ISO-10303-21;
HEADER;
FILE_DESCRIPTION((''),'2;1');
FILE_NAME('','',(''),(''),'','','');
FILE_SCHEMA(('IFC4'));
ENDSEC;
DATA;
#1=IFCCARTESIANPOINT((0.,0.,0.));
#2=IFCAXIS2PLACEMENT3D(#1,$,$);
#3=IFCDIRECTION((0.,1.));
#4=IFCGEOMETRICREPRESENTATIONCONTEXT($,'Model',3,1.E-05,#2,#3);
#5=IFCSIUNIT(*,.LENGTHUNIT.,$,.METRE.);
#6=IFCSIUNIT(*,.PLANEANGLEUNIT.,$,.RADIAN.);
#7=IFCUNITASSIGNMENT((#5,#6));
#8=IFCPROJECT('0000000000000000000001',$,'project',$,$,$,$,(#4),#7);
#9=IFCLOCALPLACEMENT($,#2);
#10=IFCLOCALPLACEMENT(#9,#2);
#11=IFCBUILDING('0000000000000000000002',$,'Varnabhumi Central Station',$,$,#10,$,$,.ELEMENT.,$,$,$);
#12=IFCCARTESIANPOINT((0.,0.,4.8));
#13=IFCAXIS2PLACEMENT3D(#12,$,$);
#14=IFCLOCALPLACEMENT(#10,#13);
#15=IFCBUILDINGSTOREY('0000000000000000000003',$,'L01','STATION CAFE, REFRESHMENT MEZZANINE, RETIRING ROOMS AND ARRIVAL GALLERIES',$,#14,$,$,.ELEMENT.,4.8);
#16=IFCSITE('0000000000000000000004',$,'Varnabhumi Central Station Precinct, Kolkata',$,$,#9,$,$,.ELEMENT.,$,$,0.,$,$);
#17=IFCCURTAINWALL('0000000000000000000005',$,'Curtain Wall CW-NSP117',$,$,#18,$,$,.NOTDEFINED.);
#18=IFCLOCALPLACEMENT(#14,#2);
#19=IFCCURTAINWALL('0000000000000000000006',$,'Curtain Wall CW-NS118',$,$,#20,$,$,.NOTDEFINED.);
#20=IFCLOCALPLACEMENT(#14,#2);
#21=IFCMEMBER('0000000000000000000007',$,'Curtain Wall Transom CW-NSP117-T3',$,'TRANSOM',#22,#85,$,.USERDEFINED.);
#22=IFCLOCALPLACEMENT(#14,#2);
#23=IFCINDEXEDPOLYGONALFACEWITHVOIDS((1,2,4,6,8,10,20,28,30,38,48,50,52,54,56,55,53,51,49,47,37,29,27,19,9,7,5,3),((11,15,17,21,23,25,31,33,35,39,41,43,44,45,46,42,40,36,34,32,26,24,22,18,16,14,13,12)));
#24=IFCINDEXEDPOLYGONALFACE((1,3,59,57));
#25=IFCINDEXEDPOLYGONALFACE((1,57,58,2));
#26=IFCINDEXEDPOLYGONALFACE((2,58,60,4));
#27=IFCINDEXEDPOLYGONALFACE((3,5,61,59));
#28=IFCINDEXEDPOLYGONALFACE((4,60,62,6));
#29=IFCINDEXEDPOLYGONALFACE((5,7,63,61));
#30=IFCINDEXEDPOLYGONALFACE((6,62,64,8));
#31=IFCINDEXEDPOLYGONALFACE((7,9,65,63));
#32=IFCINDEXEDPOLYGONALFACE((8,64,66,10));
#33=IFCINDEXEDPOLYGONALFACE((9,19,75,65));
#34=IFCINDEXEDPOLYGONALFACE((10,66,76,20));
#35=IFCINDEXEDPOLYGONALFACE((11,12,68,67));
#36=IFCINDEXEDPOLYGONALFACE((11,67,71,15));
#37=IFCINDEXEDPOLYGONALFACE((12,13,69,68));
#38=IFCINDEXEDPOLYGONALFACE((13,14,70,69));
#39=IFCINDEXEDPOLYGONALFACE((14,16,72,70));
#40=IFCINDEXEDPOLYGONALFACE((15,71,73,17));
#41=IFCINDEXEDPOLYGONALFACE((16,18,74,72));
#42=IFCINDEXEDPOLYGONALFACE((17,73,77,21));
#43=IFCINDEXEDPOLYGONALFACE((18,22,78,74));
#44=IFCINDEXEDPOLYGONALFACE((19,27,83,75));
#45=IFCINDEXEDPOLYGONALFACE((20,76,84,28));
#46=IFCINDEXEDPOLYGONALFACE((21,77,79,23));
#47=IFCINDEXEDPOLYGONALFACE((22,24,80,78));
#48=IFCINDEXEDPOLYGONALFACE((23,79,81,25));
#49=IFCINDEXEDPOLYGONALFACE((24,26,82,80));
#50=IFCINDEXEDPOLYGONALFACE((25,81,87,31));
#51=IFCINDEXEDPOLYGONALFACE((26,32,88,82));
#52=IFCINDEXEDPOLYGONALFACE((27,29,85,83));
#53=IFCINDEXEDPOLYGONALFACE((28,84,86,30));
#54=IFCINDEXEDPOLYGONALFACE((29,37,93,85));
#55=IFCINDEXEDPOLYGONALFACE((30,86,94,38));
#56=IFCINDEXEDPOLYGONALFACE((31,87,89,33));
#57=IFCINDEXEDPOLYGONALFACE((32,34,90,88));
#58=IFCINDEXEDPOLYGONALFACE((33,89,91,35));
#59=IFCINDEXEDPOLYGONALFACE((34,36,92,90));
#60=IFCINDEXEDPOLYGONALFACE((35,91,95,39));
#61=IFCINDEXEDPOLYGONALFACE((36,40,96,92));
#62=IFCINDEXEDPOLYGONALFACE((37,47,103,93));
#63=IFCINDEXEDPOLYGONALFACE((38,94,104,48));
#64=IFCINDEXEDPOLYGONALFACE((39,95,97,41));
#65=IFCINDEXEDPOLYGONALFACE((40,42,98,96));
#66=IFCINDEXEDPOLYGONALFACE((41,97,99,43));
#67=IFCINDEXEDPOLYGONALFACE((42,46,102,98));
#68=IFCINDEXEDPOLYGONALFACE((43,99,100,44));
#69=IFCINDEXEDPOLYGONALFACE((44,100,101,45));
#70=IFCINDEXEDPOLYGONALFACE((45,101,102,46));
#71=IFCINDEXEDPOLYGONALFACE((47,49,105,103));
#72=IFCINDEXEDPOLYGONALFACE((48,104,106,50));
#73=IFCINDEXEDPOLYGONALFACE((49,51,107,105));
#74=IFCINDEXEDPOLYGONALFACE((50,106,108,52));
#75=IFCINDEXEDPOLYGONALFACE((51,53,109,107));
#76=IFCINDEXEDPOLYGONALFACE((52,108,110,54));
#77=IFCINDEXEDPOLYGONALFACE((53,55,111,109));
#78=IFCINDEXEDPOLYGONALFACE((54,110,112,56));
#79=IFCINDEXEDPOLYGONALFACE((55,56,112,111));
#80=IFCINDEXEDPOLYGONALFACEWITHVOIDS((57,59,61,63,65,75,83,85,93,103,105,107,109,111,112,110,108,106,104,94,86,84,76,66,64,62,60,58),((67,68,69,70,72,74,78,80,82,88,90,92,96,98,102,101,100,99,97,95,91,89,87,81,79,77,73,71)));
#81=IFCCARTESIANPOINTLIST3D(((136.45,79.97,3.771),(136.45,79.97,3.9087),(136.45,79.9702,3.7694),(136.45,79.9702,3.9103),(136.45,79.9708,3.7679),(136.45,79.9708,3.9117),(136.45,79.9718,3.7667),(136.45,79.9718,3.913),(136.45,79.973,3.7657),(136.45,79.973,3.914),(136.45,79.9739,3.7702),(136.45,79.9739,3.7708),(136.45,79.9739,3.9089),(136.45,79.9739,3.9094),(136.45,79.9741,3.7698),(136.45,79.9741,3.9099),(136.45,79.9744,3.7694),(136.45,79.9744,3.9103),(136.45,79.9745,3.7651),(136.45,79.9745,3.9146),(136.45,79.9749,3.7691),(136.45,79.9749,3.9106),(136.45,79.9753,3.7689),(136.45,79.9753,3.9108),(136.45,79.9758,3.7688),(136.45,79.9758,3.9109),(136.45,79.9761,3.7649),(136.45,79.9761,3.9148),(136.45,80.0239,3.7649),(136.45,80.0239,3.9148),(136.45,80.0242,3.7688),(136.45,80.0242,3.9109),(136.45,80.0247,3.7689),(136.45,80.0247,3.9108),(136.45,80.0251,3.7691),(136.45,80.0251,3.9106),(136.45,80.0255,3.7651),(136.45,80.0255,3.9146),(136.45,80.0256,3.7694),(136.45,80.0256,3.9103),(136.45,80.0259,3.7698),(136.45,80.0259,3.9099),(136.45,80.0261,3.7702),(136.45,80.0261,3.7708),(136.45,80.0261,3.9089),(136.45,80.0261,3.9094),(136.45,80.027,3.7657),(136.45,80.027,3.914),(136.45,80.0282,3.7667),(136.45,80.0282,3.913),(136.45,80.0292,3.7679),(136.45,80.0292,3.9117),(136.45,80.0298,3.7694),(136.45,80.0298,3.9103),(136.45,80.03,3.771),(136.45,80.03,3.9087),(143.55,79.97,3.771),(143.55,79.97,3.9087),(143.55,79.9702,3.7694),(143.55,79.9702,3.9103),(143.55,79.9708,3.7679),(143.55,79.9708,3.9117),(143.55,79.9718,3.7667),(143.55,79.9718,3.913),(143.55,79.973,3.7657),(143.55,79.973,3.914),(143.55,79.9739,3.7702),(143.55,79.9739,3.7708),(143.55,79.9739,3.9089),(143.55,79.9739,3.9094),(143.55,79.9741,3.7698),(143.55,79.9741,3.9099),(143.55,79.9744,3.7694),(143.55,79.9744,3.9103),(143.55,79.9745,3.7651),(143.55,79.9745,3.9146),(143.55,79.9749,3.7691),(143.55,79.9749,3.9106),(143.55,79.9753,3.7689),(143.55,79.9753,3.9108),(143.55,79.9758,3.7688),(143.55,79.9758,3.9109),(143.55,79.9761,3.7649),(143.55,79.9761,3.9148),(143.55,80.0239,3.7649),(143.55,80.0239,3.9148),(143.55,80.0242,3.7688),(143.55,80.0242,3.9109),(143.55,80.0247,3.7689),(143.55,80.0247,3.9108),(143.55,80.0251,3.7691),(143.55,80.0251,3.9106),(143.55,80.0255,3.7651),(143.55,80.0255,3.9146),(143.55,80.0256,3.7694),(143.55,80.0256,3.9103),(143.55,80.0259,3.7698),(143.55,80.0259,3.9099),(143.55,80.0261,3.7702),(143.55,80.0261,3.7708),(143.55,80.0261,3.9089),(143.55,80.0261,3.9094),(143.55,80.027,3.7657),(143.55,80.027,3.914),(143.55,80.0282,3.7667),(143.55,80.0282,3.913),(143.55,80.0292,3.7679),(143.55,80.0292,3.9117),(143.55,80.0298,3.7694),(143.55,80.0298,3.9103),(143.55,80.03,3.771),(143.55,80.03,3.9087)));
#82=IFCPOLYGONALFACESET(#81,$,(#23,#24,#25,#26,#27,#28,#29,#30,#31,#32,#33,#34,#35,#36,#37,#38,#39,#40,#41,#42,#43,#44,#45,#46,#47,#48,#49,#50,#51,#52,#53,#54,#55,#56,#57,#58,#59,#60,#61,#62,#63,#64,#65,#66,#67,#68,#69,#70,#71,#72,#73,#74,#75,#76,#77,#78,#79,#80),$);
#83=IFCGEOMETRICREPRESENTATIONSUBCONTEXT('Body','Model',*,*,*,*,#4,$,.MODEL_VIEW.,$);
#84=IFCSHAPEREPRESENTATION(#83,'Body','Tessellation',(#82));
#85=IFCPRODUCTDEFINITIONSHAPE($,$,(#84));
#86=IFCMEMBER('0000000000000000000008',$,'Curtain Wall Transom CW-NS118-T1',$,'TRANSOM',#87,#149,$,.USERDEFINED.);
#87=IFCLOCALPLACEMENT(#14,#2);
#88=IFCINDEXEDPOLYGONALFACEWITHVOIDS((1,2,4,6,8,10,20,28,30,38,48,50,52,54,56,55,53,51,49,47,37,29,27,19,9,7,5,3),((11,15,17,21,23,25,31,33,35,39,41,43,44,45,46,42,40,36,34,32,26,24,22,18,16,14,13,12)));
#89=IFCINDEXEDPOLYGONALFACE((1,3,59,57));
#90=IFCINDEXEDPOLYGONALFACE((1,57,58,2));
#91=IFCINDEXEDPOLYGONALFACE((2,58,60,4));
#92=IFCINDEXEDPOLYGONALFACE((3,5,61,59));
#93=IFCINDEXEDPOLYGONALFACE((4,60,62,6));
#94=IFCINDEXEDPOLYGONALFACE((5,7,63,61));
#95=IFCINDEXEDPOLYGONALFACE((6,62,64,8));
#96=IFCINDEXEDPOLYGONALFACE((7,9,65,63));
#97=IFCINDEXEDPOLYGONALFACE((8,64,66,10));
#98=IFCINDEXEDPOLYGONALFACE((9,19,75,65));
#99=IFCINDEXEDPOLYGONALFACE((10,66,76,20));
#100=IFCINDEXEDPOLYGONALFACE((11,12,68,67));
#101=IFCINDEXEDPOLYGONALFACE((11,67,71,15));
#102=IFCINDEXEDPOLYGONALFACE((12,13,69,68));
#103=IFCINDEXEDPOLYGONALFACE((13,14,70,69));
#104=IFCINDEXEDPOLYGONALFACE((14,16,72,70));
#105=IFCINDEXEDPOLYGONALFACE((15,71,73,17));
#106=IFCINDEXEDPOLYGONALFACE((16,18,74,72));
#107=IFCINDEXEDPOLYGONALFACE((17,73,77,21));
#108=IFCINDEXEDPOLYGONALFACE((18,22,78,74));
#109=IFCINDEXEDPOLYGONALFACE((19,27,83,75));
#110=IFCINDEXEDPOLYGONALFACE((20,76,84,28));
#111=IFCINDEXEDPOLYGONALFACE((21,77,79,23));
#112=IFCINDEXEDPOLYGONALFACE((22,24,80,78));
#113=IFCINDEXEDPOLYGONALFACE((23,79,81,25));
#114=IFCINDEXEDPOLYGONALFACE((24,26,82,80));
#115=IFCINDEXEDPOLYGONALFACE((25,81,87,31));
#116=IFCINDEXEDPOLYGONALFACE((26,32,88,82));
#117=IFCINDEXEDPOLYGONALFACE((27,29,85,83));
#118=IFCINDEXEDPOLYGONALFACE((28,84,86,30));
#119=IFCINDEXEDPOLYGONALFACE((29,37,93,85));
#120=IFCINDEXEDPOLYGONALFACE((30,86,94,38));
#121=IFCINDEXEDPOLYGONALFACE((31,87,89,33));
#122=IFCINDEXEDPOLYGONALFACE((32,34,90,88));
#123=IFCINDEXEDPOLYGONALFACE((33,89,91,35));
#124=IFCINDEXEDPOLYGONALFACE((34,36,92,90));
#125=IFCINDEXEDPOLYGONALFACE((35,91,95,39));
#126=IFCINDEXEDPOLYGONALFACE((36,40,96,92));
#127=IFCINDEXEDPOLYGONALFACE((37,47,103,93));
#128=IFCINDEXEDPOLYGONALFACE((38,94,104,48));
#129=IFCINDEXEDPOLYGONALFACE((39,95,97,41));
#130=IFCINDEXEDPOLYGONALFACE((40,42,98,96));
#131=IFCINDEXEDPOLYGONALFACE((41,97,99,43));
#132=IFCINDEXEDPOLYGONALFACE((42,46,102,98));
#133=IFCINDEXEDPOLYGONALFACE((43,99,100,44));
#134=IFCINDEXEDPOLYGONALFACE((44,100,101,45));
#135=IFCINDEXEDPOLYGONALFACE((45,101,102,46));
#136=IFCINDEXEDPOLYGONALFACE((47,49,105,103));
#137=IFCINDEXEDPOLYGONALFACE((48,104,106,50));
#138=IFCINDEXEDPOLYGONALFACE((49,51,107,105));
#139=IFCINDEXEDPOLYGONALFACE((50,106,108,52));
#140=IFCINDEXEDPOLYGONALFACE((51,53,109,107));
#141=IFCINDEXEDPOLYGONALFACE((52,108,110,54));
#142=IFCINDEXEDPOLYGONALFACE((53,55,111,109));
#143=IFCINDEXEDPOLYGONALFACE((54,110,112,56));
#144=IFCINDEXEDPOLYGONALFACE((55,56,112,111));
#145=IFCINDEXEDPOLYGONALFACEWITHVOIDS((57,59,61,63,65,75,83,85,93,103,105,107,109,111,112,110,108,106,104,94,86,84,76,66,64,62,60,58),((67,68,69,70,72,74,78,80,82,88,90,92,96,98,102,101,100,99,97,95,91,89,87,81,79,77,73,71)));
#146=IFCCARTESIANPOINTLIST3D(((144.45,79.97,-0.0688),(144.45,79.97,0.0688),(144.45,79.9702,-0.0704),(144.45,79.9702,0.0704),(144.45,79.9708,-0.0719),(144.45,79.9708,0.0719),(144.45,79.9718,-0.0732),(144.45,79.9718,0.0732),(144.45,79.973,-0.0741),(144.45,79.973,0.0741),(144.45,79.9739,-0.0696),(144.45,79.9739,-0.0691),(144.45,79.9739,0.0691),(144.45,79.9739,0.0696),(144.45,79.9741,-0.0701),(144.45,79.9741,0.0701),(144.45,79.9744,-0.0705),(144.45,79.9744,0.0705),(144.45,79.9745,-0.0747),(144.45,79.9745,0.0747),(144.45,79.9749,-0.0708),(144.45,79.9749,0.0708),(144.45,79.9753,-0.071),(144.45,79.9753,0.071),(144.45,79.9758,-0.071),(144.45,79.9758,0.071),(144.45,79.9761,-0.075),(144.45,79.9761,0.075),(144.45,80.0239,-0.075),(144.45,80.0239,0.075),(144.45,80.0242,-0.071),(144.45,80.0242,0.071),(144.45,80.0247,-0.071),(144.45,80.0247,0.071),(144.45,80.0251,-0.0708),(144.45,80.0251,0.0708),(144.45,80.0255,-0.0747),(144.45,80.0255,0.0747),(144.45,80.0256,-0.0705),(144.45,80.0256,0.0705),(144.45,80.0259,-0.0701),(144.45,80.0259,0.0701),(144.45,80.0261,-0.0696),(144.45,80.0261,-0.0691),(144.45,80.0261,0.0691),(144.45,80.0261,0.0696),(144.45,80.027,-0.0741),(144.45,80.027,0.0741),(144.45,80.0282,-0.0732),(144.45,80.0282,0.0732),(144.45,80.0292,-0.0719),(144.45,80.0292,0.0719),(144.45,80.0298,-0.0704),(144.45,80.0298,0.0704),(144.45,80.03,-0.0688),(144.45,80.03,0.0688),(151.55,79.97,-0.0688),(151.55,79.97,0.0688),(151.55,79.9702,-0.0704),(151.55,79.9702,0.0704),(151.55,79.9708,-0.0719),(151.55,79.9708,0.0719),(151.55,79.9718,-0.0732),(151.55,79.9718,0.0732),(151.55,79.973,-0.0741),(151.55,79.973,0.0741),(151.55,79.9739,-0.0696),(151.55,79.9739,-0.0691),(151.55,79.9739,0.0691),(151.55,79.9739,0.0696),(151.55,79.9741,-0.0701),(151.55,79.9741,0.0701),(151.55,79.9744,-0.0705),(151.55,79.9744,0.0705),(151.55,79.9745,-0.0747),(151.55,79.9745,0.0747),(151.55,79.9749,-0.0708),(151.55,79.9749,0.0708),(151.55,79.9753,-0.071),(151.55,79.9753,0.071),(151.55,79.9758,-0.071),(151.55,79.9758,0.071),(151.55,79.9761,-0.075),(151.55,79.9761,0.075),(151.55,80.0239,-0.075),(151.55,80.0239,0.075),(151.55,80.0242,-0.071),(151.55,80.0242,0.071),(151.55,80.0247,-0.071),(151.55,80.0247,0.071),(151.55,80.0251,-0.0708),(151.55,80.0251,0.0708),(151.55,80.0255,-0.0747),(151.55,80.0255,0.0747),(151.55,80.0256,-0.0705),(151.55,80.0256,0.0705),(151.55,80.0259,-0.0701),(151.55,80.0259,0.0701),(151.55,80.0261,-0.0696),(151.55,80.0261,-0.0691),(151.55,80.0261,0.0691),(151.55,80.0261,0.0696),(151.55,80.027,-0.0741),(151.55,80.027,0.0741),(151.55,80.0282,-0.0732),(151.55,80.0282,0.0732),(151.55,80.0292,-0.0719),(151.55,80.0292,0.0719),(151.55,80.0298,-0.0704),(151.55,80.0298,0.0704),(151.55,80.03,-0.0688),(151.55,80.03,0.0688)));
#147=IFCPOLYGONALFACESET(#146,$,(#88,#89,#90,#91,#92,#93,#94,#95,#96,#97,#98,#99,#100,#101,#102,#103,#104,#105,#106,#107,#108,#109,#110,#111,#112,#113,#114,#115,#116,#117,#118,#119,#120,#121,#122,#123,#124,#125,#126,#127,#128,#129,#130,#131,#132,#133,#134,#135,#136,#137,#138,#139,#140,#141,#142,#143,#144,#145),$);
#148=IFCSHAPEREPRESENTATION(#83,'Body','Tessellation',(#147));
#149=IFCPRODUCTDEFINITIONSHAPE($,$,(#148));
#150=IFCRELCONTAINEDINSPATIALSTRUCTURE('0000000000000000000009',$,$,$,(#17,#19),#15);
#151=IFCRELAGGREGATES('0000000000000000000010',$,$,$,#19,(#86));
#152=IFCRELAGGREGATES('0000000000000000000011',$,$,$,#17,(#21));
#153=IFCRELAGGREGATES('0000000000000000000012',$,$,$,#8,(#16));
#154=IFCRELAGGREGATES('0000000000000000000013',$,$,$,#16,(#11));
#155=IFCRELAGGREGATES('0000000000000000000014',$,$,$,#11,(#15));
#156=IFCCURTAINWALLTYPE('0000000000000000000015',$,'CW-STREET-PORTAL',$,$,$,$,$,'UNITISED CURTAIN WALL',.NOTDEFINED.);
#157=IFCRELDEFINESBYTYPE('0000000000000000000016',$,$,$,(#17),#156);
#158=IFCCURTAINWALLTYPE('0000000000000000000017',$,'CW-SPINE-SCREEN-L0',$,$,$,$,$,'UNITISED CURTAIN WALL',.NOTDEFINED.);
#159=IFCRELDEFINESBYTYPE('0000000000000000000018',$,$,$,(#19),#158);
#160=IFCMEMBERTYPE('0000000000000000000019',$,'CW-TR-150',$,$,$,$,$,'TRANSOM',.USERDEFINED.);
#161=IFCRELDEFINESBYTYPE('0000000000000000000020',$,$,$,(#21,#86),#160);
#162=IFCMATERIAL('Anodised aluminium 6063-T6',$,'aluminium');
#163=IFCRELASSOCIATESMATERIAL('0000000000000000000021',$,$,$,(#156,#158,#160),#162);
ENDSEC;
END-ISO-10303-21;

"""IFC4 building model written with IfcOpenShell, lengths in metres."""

from ifc_helpers import new_model, si_unit, direction, frame, origin, origin_2d, place, context, subcontext, project, spatial, hollow_rectangle, extrude, material, material_profile, profile_set, type_object, element, aggregate, save


model = new_model("IFC4")

# Units and contexts
model_context = context("Model", 3, precision=1e-05, world=origin(), true_north=direction((0.0, 1.0)))
body_context = subcontext(model_context, "Body", "Model", "MODEL_VIEW")
ifc_project = project(units=[si_unit("LENGTHUNIT", "METRE"), si_unit("PLANEANGLEUNIT", "RADIAN")], contexts=[model_context])

# Site, building, storey
site_placement = place(None, origin())
site = spatial("IfcSite", under=ifc_project, at=site_placement, Name="Varnabhumi Central Station Precinct, Kolkata", CompositionType="ELEMENT", RefElevation=0.0)
building_placement = place(site_placement, origin())
building = spatial("IfcBuilding", under=site, at=building_placement, Name="Varnabhumi Central Station", CompositionType="ELEMENT")
storey_placement = place(building_placement, frame((0.0, 0.0, 4.8)))
storey = spatial("IfcBuildingStorey", under=building, at=storey_placement, Name="L01", Description="STATION CAFE, REFRESHMENT MEZZANINE, RETIRING ROOMS AND ARRIVAL GALLERIES", CompositionType="ELEMENT", Elevation=4.8)

# Curtain walls
ifc_material_1 = material(Name="Anodised aluminium 6063-T6", Category="aluminium")
curtain_wall_type_1 = type_object("IfcCurtainWallType", Name="CW-STREET-PORTAL", ElementType="UNITISED CURTAIN WALL", PredefinedType="NOTDEFINED", material=ifc_material_1)
curtain_wall_1_placement = place(storey_placement, origin())
curtain_wall_1 = element("IfcCurtainWall", 1, at=curtain_wall_1_placement, inside=storey, type_object=curtain_wall_type_1, Name="Curtain Wall CW-NSP117", PredefinedType="NOTDEFINED")
curtain_wall_type_2 = type_object("IfcCurtainWallType", Name="CW-SPINE-SCREEN-L0", ElementType="UNITISED CURTAIN WALL", PredefinedType="NOTDEFINED", material=ifc_material_1)
curtain_wall_2_placement = place(storey_placement, origin())
curtain_wall_2 = element("IfcCurtainWall", 2, at=curtain_wall_2_placement, inside=storey, type_object=curtain_wall_type_2, Name="Curtain Wall CW-NS118", PredefinedType="NOTDEFINED")

# Members
ifc_material_profile_1 = material_profile(ifc_material_1, hollow_rectangle(XDim=0.0601, YDim=0.1499, WallThickness=0.0039, InnerFilletRadius=0.002, OuterFilletRadius=0.0061, at=origin_2d()), Name="Anodised aluminium 6063-T6", Category="aluminium")
ifc_profile_set_1 = profile_set([ifc_material_profile_1], Name="Anodised aluminium 6063-T6")
member_type_1 = type_object("IfcMemberType", Name="CW-TR-150", ElementType="TRANSOM", PredefinedType="USERDEFINED", material=ifc_profile_set_1)
member_1_placement = place(storey_placement, frame((136.45, 80.0, 3.8398), z_axis=(1.0, 0.0, 0.0), x_axis=(0.0, 1.0, 0.0)))
member_1 = element("IfcMember", 3, at=member_1_placement, type_object=member_type_1, Name="Curtain Wall Transom CW-NSP117-T3", ObjectType="TRANSOM", PredefinedType="USERDEFINED", context=body_context, shape_type="SweptSolid", body=[
    extrude(hollow_rectangle(XDim=0.0601, YDim=0.1499, WallThickness=0.0039, InnerFilletRadius=0.002, OuterFilletRadius=0.0061, at=origin_2d()), origin(), (0.0, 0.0, 1.0), 7.1001),
])
member_2_placement = place(storey_placement, frame((144.45, 80.0, 0.0), z_axis=(1.0, 0.0, 0.0), x_axis=(0.0, 1.0, 0.0)))
member_2 = element("IfcMember", 4, at=member_2_placement, type_object=member_type_1, Name="Curtain Wall Transom CW-NS118-T1", ObjectType="TRANSOM", PredefinedType="USERDEFINED", context=body_context, shape_type="SweptSolid", body=[
    extrude(hollow_rectangle(XDim=0.0601, YDim=0.1499, WallThickness=0.0039, InnerFilletRadius=0.002, OuterFilletRadius=0.0061, at=origin_2d()), origin(), (0.0, 0.0, 1.0), 7.1001),
])

aggregate(curtain_wall_2, [member_2])
aggregate(curtain_wall_1, [member_1])

save(model, "model.ifc")
